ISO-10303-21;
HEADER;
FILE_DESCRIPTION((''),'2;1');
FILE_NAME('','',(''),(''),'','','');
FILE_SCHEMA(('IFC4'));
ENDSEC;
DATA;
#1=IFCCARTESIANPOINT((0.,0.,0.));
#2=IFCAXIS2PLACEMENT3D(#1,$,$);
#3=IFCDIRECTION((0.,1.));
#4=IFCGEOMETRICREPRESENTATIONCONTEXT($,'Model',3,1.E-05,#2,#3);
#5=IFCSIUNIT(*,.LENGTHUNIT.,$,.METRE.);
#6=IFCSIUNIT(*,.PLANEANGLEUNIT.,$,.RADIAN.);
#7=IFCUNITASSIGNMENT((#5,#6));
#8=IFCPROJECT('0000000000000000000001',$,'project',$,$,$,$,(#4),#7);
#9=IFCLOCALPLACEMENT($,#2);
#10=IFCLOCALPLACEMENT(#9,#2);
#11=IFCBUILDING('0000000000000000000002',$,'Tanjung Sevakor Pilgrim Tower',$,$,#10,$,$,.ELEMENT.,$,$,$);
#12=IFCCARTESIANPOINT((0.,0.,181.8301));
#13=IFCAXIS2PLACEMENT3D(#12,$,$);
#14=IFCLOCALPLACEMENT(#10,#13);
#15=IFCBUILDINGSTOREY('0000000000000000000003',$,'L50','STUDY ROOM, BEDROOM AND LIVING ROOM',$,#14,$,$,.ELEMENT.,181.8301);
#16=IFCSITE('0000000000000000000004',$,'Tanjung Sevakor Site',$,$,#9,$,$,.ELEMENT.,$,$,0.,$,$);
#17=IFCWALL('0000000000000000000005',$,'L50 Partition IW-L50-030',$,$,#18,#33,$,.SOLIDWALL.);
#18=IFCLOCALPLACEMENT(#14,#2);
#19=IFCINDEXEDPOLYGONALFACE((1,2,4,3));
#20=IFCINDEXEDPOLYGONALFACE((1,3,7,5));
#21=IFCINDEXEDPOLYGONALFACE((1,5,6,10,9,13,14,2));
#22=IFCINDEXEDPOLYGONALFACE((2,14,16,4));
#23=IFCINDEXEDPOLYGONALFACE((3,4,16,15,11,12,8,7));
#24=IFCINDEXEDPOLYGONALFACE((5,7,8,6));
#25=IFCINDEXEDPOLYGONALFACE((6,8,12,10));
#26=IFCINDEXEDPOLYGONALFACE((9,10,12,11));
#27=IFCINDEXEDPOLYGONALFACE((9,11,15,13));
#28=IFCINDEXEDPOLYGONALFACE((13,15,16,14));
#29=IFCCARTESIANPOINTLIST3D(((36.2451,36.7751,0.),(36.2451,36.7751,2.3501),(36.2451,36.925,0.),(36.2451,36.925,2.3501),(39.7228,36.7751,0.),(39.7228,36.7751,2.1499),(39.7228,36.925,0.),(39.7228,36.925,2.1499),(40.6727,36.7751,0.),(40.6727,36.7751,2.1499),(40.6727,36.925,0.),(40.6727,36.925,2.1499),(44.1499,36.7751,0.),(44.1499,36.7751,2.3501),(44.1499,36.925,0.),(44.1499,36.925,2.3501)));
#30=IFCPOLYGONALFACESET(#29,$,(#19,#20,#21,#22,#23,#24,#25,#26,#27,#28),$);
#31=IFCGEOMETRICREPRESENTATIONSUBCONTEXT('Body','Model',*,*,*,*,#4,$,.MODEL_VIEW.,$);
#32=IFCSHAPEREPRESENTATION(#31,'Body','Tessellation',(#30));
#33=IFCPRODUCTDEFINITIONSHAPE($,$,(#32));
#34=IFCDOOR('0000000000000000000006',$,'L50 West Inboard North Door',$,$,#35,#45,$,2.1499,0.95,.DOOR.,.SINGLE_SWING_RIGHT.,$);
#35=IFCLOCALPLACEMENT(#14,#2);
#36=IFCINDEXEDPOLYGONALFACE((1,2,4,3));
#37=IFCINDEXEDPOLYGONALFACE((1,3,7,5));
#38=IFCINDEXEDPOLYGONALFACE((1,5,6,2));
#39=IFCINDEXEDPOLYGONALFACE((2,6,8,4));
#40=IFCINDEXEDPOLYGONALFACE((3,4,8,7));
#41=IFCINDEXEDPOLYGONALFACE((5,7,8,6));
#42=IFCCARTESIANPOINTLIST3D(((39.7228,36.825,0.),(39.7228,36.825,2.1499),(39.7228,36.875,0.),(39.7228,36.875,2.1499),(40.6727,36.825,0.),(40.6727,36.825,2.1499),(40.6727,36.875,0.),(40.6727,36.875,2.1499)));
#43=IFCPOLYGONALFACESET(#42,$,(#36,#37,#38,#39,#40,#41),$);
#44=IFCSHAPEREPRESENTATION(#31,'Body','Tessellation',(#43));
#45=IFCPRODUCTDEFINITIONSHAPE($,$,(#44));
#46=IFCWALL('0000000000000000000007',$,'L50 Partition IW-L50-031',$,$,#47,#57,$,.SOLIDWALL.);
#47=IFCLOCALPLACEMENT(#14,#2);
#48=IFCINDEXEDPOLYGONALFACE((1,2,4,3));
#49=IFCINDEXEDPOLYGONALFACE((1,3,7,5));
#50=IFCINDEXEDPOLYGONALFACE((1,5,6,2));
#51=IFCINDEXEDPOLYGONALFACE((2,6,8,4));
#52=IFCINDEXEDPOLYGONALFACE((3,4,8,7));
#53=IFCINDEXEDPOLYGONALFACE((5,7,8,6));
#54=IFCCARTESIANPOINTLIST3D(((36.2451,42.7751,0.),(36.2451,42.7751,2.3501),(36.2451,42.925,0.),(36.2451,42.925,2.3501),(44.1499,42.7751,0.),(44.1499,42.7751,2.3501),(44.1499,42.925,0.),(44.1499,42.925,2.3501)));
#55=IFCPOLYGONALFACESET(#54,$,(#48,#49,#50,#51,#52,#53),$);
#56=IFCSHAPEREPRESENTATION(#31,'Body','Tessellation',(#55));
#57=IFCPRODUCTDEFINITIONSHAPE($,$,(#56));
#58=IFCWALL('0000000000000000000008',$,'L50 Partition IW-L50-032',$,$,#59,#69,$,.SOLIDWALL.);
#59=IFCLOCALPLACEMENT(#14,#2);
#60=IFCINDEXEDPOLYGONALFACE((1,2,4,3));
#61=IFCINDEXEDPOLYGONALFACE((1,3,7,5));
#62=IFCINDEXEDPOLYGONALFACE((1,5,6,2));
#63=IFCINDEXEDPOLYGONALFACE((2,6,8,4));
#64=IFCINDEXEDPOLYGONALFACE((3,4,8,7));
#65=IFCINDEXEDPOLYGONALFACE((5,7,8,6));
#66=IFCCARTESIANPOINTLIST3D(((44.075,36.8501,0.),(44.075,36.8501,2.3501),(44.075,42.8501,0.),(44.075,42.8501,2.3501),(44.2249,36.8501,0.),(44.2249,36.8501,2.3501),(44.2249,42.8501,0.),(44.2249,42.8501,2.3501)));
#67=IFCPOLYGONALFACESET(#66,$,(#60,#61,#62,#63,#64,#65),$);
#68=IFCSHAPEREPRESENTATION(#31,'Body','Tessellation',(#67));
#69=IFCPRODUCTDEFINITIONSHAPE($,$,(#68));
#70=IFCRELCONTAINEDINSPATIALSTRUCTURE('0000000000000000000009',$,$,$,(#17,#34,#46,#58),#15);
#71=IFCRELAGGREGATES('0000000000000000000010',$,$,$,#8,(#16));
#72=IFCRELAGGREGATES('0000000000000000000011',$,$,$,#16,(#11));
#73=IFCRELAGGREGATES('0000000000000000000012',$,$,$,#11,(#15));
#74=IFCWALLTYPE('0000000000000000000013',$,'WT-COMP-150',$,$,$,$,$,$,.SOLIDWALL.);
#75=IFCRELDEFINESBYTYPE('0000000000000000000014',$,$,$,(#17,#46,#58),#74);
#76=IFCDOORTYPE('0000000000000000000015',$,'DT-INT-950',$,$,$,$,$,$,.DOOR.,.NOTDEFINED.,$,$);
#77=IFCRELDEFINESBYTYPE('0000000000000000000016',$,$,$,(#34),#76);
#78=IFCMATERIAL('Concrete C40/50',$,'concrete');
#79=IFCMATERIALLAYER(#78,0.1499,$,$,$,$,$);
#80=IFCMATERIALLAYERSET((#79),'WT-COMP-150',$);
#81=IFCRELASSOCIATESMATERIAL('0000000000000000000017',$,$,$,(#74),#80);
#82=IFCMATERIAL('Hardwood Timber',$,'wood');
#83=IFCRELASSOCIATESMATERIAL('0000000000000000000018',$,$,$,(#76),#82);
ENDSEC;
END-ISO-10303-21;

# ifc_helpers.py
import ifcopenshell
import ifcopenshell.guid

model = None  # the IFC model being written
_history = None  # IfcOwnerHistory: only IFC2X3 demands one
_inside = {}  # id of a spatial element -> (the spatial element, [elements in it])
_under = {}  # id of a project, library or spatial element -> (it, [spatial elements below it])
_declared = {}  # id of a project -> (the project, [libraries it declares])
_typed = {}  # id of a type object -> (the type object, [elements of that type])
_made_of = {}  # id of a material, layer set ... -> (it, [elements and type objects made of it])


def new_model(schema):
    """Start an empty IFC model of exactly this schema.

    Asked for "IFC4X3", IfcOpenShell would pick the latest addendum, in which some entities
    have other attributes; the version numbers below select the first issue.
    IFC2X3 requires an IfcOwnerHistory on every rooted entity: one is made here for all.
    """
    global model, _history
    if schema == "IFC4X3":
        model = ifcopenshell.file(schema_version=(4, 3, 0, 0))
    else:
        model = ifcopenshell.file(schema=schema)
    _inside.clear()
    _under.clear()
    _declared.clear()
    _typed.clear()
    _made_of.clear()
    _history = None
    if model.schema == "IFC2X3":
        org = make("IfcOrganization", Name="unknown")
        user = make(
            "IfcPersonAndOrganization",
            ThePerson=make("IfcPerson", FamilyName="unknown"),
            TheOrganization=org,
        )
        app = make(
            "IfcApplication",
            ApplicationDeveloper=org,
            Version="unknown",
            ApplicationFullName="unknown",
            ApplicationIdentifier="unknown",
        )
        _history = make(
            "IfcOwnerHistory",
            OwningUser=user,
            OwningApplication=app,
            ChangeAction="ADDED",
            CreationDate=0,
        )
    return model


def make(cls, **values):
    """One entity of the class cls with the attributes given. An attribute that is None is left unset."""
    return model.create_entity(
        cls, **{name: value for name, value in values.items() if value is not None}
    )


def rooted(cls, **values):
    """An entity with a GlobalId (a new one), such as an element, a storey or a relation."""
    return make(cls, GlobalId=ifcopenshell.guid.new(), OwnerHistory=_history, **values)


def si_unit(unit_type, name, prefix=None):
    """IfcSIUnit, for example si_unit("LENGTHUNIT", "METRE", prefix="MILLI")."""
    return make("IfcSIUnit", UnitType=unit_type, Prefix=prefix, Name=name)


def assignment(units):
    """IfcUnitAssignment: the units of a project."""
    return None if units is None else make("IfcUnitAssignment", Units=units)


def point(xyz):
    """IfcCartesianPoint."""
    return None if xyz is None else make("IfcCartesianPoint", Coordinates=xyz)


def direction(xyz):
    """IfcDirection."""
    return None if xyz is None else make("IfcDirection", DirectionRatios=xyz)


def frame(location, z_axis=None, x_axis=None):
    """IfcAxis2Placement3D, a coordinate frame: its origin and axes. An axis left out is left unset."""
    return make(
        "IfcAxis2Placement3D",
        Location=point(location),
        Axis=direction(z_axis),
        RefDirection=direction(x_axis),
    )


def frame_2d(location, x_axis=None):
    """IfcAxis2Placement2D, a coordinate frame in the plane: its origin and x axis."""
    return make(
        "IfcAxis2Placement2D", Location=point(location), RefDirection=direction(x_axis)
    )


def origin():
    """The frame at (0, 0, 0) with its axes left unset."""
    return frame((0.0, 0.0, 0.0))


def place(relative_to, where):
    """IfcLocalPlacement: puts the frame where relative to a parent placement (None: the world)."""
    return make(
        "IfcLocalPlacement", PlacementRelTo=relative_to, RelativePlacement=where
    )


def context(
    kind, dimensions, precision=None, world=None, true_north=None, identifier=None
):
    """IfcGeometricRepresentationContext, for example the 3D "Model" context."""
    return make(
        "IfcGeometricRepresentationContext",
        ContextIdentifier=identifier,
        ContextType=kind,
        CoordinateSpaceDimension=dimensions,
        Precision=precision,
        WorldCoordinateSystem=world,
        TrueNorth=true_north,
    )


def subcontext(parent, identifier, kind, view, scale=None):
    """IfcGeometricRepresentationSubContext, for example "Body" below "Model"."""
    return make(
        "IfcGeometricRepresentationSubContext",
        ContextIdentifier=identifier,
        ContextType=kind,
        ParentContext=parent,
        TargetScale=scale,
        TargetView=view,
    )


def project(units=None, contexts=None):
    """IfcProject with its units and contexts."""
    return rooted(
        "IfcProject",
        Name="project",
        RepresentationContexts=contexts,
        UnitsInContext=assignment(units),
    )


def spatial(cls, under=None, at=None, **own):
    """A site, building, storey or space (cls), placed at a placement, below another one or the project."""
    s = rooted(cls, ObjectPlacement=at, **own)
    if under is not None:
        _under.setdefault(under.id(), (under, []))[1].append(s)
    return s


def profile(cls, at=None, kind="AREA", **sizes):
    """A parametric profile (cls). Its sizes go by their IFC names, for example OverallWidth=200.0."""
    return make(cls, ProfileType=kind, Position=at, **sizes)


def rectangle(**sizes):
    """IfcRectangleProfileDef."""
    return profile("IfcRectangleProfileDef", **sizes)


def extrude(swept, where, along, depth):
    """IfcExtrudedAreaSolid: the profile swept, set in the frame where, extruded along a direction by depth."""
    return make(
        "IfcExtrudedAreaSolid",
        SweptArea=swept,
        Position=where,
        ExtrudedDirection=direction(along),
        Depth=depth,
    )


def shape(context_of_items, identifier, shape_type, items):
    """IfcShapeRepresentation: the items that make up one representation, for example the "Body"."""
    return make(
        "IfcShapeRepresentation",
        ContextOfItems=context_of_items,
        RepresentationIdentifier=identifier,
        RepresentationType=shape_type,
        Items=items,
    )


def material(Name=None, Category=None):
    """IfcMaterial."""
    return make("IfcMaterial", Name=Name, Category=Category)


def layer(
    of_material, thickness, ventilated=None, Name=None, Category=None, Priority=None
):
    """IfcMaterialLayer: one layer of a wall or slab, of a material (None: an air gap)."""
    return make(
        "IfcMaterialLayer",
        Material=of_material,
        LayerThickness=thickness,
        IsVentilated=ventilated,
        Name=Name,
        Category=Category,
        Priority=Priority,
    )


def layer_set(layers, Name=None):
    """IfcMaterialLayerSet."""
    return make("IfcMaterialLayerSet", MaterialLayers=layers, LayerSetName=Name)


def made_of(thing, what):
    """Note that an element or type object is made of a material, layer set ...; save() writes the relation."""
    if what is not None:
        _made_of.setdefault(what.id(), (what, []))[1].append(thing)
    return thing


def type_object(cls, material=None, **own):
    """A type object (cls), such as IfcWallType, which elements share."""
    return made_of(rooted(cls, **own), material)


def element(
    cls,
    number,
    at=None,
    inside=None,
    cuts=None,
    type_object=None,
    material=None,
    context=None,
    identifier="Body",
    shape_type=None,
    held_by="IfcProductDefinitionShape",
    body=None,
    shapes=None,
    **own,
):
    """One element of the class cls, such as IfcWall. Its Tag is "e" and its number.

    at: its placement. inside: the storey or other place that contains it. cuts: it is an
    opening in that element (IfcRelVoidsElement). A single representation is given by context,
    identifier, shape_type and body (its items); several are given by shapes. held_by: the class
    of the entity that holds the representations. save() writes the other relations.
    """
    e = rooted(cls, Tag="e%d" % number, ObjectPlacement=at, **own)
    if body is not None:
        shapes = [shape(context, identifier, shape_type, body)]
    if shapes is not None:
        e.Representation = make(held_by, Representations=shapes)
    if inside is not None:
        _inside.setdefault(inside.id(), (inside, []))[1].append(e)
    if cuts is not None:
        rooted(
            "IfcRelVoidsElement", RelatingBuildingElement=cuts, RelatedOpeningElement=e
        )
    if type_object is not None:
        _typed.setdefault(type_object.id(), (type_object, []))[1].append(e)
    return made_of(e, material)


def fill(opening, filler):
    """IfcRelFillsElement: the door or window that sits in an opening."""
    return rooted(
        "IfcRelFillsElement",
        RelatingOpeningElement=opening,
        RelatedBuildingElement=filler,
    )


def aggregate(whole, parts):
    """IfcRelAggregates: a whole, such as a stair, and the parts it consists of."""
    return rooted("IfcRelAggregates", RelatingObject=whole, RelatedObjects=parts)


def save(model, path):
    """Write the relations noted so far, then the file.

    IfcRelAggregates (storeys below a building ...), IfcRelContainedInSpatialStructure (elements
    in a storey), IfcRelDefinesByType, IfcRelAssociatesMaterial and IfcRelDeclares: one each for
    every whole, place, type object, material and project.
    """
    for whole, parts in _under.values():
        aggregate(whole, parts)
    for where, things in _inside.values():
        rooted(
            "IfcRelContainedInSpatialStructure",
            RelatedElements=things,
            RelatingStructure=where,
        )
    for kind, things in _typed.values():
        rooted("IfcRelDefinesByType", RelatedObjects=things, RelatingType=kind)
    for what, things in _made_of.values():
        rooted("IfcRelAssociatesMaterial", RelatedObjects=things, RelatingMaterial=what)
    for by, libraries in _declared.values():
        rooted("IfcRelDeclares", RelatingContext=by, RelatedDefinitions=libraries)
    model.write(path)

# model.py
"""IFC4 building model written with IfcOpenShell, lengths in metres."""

from ifc_helpers import new_model, si_unit, direction, frame, frame_2d, origin, place, context, subcontext, project, spatial, rectangle, extrude, material, layer, layer_set, type_object, element, fill, save


model = new_model("IFC4")

# Units and contexts
model_context = context("Model", 3, precision=1e-05, world=origin(), true_north=direction((0.0, 1.0)))
body_context = subcontext(model_context, "Body", "Model", "MODEL_VIEW")
ifc_project = project(units=[si_unit("LENGTHUNIT", "METRE"), si_unit("PLANEANGLEUNIT", "RADIAN")], contexts=[model_context])

# Site, building, storey
site_placement = place(None, origin())
site = spatial("IfcSite", under=ifc_project, at=site_placement, Name="Tanjung Sevakor Site", CompositionType="ELEMENT", RefElevation=0.0)
building_placement = place(site_placement, origin())
building = spatial("IfcBuilding", under=site, at=building_placement, Name="Tanjung Sevakor Pilgrim Tower", CompositionType="ELEMENT")
storey_placement = place(building_placement, frame((0.0, 0.0, 181.8301)))
storey = spatial("IfcBuildingStorey", under=building, at=storey_placement, Name="L50", Description="STUDY ROOM, BEDROOM AND LIVING ROOM", CompositionType="ELEMENT", Elevation=181.8301)

# Wall, opening, door
ifc_material_1 = material(Name="Concrete C40/50", Category="concrete")
ifc_layer = layer(ifc_material_1, 0.1499)
ifc_layer_set = layer_set([ifc_layer], Name="WT-COMP-150")
wall_type = type_object("IfcWallType", Name="WT-COMP-150", PredefinedType="SOLIDWALL", material=ifc_layer_set)
ifc_material_2 = material(Name="Hardwood Timber", Category="wood")
door_type = type_object("IfcDoorType", Name="DT-INT-950", OperationType="NOTDEFINED", PredefinedType="DOOR", material=ifc_material_2)
wall_1_placement = place(storey_placement, frame((36.2451, 36.8501, 0.0), z_axis=(0.0, 0.0, 1.0), x_axis=(1.0, 0.0, 0.0)))
wall_1 = element("IfcWall", 1, at=wall_1_placement, inside=storey, type_object=wall_type, Name="L50 Partition IW-L50-030", PredefinedType="SOLIDWALL", context=body_context, shape_type="SweptSolid", body=[
    extrude(rectangle(XDim=7.9048, YDim=0.1499, at=frame_2d((3.9524, 0.0))), origin(), (0.0, 0.0, 1.0), 2.3501),
])
opening_1_placement = place(wall_1_placement, frame((3.4775, 0.0, 0.0)))
opening_1 = element("IfcOpeningElement", 2, at=opening_1_placement, cuts=wall_1, PredefinedType="OPENING", context=body_context, shape_type="SweptSolid", body=[
    extrude(rectangle(XDim=0.95, YDim=2.1499, at=frame_2d((0.4751, 1.075))), frame((0.0, 0.085, 0.0), z_axis=(0.0, -1.0, 0.0), x_axis=(1.0, 0.0, 0.0)), (0.0, 0.0, 1.0), 0.1699),
])
door_1_placement = place(opening_1_placement, origin())
door_1 = element("IfcDoor", 3, at=door_1_placement, inside=storey, type_object=door_type, Name="L50 West Inboard North Door", OperationType="SINGLE_SWING_RIGHT", OverallHeight=2.1499, OverallWidth=0.95, PredefinedType="DOOR", context=body_context, shape_type="SweptSolid", body=[
    extrude(rectangle(XDim=0.95, YDim=2.1499, at=frame_2d((0.4751, 1.075))), frame((0.0, 0.0249, 0.0), z_axis=(0.0, -1.0, 0.0), x_axis=(1.0, 0.0, 0.0)), (0.0, 0.0, 1.0), 0.05),
])
fill(opening_1, door_1)

# Walls
wall_2_placement = place(storey_placement, frame((36.2451, 42.8501, 0.0), z_axis=(0.0, 0.0, 1.0), x_axis=(1.0, 0.0, 0.0)))
element("IfcWall", 4, at=wall_2_placement, inside=storey, type_object=wall_type, Name="L50 Partition IW-L50-031", PredefinedType="SOLIDWALL", context=body_context, shape_type="SweptSolid", body=[
    extrude(rectangle(XDim=7.9048, YDim=0.1499, at=frame_2d((3.9524, 0.0))), origin(), (0.0, 0.0, 1.0), 2.3501),
])
wall_3_placement = place(storey_placement, frame((44.1499, 36.8501, 0.0), z_axis=(0.0, 0.0, 1.0), x_axis=(0.0, 1.0, 0.0)))
element("IfcWall", 5, at=wall_3_placement, inside=storey, type_object=wall_type, Name="L50 Partition IW-L50-032", PredefinedType="SOLIDWALL", context=body_context, shape_type="SweptSolid", body=[
    extrude(rectangle(XDim=6.0, YDim=0.1499, at=frame_2d((3.0, 0.0))), origin(), (0.0, 0.0, 1.0), 2.3501),
])

save(model, "model.ifc")
